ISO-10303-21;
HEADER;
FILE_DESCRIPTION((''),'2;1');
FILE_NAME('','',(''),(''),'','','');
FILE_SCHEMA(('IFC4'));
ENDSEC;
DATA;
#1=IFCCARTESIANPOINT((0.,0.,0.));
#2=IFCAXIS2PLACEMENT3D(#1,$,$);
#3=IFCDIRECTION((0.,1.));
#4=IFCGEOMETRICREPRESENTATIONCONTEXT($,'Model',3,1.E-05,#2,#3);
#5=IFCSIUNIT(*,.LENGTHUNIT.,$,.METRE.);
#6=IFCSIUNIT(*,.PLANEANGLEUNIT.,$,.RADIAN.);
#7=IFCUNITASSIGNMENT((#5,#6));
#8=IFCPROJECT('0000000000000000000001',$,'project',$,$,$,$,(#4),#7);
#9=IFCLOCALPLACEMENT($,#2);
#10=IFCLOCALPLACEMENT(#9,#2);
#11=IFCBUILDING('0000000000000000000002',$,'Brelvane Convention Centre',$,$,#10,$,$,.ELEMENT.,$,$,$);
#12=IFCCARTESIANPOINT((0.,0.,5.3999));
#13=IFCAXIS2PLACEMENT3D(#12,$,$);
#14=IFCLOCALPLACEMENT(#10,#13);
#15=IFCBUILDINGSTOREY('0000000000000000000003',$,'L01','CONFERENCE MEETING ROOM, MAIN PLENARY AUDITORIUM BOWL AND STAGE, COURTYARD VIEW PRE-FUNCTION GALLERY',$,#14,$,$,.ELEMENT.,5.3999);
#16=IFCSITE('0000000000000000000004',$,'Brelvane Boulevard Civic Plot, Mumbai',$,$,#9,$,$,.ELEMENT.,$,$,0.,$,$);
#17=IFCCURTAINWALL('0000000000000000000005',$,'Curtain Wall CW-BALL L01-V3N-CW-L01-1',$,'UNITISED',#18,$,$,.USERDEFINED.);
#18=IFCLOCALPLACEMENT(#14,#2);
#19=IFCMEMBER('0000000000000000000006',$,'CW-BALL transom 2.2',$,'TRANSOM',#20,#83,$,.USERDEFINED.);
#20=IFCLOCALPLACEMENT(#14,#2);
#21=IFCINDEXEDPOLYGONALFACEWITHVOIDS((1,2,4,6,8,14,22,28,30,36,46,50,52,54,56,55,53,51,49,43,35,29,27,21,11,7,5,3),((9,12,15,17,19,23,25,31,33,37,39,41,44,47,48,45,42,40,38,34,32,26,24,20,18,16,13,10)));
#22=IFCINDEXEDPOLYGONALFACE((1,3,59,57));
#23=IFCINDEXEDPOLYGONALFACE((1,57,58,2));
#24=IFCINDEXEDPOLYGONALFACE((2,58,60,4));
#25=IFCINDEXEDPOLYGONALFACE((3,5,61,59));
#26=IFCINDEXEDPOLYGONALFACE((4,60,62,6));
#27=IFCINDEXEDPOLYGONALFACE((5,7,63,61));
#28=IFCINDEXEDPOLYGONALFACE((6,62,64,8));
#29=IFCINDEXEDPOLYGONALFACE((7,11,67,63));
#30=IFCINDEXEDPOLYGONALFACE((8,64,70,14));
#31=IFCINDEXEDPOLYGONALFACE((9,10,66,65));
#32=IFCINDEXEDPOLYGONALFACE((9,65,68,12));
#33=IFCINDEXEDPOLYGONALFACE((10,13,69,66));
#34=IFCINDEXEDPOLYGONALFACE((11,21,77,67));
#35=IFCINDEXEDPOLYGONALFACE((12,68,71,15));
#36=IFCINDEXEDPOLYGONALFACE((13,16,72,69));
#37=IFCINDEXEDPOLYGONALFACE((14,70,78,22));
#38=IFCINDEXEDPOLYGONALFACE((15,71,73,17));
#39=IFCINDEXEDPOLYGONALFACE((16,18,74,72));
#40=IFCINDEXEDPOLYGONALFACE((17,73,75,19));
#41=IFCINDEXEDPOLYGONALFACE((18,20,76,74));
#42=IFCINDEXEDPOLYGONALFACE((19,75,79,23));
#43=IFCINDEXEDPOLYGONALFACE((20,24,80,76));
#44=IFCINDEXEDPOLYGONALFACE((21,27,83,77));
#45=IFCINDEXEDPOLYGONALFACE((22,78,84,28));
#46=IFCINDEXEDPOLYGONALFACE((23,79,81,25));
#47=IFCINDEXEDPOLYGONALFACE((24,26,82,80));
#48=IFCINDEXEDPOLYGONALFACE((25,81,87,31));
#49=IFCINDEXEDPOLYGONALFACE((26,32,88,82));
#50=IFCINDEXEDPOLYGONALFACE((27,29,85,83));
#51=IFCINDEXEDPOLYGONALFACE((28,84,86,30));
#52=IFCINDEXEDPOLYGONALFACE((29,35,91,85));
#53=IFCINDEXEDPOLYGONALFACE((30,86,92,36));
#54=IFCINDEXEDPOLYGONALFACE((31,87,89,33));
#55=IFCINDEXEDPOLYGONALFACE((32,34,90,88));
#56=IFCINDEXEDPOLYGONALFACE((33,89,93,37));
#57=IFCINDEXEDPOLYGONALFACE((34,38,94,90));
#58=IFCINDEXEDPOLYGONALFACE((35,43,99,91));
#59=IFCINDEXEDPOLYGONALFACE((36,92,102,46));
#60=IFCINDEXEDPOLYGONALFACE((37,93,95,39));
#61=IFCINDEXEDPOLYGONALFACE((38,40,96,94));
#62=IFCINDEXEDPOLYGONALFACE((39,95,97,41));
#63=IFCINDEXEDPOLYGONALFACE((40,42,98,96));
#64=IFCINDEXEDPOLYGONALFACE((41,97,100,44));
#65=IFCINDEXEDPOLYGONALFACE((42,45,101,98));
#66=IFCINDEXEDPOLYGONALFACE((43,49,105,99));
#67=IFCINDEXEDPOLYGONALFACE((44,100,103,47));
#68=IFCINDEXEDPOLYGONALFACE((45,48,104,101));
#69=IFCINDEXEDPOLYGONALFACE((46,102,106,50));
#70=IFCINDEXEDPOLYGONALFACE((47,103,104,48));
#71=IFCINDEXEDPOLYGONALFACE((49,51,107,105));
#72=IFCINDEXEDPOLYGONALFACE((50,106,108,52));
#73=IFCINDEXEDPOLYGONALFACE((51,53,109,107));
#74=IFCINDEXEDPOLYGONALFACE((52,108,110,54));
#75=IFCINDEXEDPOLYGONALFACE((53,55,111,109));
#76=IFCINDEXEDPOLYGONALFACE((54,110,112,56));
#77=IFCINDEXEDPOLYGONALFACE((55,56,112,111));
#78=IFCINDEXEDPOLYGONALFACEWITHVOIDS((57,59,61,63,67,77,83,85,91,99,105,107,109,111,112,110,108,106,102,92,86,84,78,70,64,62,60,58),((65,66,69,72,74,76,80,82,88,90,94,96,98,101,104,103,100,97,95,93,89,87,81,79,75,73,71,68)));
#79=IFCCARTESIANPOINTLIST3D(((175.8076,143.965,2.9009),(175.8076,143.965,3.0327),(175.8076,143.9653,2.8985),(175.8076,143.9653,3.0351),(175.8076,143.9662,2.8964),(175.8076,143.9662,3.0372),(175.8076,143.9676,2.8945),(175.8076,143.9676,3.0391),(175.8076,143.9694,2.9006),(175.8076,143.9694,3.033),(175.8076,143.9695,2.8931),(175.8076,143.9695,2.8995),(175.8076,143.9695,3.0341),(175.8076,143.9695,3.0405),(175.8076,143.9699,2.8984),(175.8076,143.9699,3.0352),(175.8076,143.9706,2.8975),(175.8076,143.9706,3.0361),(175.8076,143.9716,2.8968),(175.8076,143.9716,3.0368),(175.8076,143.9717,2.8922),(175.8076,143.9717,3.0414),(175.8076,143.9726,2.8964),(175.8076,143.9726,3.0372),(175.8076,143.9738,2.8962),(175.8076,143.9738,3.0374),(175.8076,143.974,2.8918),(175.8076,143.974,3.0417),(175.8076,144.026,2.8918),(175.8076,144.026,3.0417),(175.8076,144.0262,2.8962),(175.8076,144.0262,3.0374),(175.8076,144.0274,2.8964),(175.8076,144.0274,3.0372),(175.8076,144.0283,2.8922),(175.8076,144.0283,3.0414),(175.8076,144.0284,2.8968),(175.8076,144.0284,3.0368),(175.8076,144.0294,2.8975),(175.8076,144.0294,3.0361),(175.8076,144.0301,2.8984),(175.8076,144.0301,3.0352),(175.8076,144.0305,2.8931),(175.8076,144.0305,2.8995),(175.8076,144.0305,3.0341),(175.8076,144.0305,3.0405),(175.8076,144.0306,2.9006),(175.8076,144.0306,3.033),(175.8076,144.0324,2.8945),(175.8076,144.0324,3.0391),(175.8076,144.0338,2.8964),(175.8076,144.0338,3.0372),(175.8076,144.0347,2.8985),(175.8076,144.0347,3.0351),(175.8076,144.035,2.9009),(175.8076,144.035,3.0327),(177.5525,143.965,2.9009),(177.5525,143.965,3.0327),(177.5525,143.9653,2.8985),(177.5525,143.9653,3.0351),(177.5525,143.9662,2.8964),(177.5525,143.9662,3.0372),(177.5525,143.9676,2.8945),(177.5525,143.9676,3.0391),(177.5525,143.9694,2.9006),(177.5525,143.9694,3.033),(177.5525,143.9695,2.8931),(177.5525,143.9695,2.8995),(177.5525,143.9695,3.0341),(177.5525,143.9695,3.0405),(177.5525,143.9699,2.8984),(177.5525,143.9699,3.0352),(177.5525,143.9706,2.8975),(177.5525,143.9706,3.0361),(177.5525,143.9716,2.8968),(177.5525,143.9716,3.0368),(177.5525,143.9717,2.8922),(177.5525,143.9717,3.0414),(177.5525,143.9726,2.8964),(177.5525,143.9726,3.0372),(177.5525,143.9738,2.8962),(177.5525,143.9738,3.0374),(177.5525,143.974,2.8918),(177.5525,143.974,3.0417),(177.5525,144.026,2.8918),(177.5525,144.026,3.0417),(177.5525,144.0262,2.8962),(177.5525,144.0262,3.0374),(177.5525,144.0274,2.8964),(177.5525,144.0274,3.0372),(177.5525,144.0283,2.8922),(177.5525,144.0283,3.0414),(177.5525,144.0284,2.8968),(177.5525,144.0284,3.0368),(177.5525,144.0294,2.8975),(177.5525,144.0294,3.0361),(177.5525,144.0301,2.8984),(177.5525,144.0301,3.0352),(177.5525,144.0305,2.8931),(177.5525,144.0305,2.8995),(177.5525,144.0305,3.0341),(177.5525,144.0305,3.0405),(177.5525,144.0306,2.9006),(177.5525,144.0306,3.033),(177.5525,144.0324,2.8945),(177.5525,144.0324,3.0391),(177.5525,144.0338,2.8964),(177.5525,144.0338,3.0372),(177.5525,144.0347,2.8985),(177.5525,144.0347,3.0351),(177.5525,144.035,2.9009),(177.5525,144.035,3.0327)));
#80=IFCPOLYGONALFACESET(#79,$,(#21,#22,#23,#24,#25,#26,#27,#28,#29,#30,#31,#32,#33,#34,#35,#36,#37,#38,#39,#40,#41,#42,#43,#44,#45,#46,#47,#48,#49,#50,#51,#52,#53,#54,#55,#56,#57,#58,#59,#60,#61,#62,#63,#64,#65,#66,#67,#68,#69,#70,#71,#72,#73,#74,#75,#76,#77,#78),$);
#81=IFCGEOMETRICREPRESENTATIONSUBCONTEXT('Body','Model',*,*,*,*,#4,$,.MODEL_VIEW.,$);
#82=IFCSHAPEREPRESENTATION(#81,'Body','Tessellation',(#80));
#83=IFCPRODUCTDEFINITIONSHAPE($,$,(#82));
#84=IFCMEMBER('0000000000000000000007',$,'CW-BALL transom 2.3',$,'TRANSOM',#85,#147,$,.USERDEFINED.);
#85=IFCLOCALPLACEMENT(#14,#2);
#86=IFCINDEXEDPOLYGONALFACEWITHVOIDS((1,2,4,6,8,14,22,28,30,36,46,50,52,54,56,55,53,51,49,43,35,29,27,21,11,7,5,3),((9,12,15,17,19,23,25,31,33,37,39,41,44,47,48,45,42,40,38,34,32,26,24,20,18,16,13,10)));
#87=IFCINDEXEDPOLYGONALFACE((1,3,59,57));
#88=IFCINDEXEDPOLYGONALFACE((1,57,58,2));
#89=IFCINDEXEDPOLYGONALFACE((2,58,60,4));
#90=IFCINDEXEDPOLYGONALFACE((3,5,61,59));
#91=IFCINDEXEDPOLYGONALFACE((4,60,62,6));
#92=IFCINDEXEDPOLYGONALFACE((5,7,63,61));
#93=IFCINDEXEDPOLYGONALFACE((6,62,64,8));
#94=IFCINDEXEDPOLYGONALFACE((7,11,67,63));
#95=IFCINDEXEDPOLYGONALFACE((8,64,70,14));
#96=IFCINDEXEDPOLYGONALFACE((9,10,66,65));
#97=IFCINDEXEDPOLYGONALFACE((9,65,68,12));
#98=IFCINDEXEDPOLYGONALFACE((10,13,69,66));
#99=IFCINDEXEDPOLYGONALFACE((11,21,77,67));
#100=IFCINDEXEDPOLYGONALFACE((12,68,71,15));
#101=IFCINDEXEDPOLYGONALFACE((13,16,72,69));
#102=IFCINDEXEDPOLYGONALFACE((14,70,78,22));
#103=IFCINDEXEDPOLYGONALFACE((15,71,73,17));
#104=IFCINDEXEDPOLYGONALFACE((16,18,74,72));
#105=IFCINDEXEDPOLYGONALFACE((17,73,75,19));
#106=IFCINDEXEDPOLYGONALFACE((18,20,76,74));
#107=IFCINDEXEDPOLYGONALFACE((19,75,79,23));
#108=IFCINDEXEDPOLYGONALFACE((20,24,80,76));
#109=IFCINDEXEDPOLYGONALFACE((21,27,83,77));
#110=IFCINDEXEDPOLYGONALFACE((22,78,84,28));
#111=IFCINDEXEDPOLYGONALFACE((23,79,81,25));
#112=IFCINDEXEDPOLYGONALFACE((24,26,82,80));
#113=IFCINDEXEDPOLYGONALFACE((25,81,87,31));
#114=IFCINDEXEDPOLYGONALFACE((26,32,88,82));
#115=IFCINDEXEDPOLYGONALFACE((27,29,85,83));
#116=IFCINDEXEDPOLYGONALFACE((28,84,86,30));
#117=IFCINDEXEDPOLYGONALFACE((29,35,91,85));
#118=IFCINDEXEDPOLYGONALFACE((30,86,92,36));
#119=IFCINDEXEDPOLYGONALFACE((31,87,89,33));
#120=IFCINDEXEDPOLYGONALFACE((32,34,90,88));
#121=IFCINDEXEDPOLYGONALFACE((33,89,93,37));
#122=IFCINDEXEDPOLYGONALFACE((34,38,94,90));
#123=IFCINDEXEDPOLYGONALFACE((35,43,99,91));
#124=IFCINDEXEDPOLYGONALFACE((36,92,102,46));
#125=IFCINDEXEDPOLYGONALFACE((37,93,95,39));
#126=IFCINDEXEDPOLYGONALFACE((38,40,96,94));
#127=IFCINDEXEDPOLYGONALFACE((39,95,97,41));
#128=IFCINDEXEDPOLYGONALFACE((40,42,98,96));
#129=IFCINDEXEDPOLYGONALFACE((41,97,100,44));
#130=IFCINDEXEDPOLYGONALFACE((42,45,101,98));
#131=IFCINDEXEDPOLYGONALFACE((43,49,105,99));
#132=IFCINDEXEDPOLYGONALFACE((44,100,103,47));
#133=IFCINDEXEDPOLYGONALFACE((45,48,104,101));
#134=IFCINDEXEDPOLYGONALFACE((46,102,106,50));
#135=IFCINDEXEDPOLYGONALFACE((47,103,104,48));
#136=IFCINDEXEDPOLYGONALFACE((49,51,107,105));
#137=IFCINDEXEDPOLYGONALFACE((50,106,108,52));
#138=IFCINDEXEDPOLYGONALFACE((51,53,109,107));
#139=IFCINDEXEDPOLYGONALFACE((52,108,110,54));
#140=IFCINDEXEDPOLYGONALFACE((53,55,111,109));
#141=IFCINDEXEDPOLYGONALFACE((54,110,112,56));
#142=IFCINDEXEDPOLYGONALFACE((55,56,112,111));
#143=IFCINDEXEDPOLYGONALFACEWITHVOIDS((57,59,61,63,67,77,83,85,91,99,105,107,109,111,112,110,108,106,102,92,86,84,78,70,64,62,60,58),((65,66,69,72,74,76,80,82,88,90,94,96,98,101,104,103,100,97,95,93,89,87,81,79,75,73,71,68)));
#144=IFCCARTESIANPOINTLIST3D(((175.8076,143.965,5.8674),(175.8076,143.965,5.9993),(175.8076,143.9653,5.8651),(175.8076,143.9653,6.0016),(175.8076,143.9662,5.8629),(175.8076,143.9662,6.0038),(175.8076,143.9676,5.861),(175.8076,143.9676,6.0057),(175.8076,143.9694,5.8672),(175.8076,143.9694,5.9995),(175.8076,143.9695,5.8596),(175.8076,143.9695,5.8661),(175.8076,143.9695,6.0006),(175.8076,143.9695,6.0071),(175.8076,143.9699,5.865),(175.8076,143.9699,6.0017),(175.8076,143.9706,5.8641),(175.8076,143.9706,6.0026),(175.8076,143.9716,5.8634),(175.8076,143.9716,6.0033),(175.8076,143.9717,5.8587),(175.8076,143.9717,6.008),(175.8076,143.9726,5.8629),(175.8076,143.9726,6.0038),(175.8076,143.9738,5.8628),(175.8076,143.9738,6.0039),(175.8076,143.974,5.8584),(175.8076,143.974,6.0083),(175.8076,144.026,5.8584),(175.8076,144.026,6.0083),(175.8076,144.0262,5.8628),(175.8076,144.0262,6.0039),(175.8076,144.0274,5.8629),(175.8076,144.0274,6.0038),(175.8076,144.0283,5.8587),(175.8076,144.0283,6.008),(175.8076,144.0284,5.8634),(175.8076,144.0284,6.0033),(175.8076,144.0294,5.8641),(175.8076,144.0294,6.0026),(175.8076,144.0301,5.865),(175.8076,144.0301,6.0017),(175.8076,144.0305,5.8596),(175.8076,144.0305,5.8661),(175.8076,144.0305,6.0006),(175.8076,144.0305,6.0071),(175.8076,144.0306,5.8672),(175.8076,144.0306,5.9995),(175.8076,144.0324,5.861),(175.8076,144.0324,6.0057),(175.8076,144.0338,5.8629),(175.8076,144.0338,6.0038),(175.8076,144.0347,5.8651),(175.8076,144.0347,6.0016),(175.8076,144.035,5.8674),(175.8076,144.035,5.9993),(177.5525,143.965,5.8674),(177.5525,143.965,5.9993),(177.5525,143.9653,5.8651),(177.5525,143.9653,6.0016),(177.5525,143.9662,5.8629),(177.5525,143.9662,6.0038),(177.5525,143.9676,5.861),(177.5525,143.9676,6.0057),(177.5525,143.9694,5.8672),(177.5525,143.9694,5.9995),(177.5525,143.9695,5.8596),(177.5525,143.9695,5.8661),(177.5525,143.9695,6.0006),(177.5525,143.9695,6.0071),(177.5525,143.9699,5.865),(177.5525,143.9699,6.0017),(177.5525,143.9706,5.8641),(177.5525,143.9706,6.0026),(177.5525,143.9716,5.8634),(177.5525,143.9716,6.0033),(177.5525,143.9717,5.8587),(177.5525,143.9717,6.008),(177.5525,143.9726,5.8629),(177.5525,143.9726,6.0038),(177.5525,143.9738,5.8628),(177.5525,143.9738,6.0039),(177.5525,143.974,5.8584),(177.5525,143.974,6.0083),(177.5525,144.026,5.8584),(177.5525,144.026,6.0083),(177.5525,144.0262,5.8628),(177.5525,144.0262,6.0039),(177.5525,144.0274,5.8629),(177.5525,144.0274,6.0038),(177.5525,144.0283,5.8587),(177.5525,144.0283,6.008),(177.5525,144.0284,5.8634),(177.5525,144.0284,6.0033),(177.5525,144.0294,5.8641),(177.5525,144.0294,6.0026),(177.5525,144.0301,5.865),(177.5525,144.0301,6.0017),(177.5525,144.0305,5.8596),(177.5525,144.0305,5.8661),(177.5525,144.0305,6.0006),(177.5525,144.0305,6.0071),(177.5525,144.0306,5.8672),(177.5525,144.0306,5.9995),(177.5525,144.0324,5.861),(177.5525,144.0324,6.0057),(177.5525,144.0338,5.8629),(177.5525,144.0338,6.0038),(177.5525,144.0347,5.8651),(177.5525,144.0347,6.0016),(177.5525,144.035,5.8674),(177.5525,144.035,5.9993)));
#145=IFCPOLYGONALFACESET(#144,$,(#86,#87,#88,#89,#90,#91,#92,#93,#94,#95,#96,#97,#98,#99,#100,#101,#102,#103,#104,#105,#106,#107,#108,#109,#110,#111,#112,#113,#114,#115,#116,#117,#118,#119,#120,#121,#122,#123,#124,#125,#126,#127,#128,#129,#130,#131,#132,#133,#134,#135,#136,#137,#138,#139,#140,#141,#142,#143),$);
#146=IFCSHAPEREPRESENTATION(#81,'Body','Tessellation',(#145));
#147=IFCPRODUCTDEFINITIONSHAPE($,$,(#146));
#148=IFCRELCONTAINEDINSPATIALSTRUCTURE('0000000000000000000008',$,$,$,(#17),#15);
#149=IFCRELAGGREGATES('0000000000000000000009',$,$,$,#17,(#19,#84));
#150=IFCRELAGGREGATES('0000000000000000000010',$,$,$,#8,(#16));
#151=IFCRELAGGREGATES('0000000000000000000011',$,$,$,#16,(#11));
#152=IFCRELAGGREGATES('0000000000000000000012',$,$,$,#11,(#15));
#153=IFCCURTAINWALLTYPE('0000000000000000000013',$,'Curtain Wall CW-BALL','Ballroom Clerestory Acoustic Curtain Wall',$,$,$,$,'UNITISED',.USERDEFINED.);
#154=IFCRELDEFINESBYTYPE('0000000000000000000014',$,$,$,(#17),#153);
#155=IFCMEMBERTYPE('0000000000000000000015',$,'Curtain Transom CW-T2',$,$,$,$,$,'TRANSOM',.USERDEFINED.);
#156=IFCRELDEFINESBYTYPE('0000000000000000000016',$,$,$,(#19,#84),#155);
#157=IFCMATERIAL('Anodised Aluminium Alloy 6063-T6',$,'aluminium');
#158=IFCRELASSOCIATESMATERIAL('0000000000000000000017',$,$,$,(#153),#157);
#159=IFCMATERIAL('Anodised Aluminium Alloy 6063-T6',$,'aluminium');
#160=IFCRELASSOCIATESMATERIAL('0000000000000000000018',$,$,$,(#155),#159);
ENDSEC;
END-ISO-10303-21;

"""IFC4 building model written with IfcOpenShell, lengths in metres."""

from ifc_helpers import new_model, si_unit, direction, frame, origin, origin_2d, place, context, subcontext, project, spatial, hollow_rectangle, extrude, material, material_profile, profile_set, type_object, element, aggregate, save


model = new_model("IFC4")

# Units and contexts
model_context = context("Model", 3, precision=1e-05, world=origin(), true_north=direction((0.0, 1.0)))
body_context = subcontext(model_context, "Body", "Model", "MODEL_VIEW")
ifc_project = project(units=[si_unit("LENGTHUNIT", "METRE"), si_unit("PLANEANGLEUNIT", "RADIAN")], contexts=[model_context])

# Site, building, storey
site_placement = place(None, origin())
site = spatial("IfcSite", under=ifc_project, at=site_placement, Name="Brelvane Boulevard Civic Plot, Mumbai", CompositionType="ELEMENT", RefElevation=0.0)
building_placement = place(site_placement, origin())
building = spatial("IfcBuilding", under=site, at=building_placement, Name="Brelvane Convention Centre", CompositionType="ELEMENT")
storey_placement = place(building_placement, frame((0.0, 0.0, 5.3999)))
storey = spatial("IfcBuildingStorey", under=building, at=storey_placement, Name="L01", Description="CONFERENCE MEETING ROOM, MAIN PLENARY AUDITORIUM BOWL AND STAGE, COURTYARD VIEW PRE-FUNCTION GALLERY", CompositionType="ELEMENT", Elevation=5.3999)

# Curtain wall, members
ifc_material_1 = material(Name="Anodised Aluminium Alloy 6063-T6", Category="aluminium")
curtain_wall_type = type_object("IfcCurtainWallType", Name="Curtain Wall CW-BALL", Description="Ballroom Clerestory Acoustic Curtain Wall", ElementType="UNITISED", PredefinedType="USERDEFINED", material=ifc_material_1)
curtain_wall_placement = place(storey_placement, origin())
curtain_wall = element("IfcCurtainWall", 1, at=curtain_wall_placement, inside=storey, type_object=curtain_wall_type, Name="Curtain Wall CW-BALL L01-V3N-CW-L01-1", ObjectType="UNITISED", PredefinedType="USERDEFINED")
ifc_material_2 = material(Name="Anodised Aluminium Alloy 6063-T6", Category="aluminium")
ifc_material_profile_1 = material_profile(ifc_material_2, hollow_rectangle(XDim=0.0701, YDim=0.1499, WallThickness=0.0044, InnerFilletRadius=0.0044, OuterFilletRadius=0.009, at=origin_2d()), Name="ALU-T 150x70x4.5")
ifc_profile_set_1 = profile_set([ifc_material_profile_1], Name="Anodised Aluminium Alloy 6063-T6")
member_type_1 = type_object("IfcMemberType", Name="Curtain Transom CW-T2", ElementType="TRANSOM", PredefinedType="USERDEFINED", material=ifc_profile_set_1)
member_1_placement = place(storey_placement, frame((175.8076, 144.0, 2.9668), z_axis=(1.0, 0.0, 0.0), x_axis=(0.0, 1.0, 0.0)))
member_1 = element("IfcMember", 2, at=member_1_placement, type_object=member_type_1, Name="CW-BALL transom 2.2", ObjectType="TRANSOM", PredefinedType="USERDEFINED", context=body_context, shape_type="SweptSolid", body=[
    extrude(hollow_rectangle(XDim=0.0701, YDim=0.1499, WallThickness=0.0044, InnerFilletRadius=0.0044, OuterFilletRadius=0.009, at=origin_2d()), origin(), (0.0, 0.0, 1.0), 1.7449),
])
member_2_placement = place(storey_placement, frame((175.8076, 144.0, 5.9333), z_axis=(1.0, 0.0, 0.0), x_axis=(0.0, 1.0, 0.0)))
member_2 = element("IfcMember", 3, at=member_2_placement, type_object=member_type_1, Name="CW-BALL transom 2.3", ObjectType="TRANSOM", PredefinedType="USERDEFINED", context=body_context, shape_type="SweptSolid", body=[
    extrude(hollow_rectangle(XDim=0.0701, YDim=0.1499, WallThickness=0.0044, InnerFilletRadius=0.0044, OuterFilletRadius=0.009, at=origin_2d()), origin(), (0.0, 0.0, 1.0), 1.7449),
])
aggregate(curtain_wall, [member_1, member_2])

save(model, "model.ifc")
